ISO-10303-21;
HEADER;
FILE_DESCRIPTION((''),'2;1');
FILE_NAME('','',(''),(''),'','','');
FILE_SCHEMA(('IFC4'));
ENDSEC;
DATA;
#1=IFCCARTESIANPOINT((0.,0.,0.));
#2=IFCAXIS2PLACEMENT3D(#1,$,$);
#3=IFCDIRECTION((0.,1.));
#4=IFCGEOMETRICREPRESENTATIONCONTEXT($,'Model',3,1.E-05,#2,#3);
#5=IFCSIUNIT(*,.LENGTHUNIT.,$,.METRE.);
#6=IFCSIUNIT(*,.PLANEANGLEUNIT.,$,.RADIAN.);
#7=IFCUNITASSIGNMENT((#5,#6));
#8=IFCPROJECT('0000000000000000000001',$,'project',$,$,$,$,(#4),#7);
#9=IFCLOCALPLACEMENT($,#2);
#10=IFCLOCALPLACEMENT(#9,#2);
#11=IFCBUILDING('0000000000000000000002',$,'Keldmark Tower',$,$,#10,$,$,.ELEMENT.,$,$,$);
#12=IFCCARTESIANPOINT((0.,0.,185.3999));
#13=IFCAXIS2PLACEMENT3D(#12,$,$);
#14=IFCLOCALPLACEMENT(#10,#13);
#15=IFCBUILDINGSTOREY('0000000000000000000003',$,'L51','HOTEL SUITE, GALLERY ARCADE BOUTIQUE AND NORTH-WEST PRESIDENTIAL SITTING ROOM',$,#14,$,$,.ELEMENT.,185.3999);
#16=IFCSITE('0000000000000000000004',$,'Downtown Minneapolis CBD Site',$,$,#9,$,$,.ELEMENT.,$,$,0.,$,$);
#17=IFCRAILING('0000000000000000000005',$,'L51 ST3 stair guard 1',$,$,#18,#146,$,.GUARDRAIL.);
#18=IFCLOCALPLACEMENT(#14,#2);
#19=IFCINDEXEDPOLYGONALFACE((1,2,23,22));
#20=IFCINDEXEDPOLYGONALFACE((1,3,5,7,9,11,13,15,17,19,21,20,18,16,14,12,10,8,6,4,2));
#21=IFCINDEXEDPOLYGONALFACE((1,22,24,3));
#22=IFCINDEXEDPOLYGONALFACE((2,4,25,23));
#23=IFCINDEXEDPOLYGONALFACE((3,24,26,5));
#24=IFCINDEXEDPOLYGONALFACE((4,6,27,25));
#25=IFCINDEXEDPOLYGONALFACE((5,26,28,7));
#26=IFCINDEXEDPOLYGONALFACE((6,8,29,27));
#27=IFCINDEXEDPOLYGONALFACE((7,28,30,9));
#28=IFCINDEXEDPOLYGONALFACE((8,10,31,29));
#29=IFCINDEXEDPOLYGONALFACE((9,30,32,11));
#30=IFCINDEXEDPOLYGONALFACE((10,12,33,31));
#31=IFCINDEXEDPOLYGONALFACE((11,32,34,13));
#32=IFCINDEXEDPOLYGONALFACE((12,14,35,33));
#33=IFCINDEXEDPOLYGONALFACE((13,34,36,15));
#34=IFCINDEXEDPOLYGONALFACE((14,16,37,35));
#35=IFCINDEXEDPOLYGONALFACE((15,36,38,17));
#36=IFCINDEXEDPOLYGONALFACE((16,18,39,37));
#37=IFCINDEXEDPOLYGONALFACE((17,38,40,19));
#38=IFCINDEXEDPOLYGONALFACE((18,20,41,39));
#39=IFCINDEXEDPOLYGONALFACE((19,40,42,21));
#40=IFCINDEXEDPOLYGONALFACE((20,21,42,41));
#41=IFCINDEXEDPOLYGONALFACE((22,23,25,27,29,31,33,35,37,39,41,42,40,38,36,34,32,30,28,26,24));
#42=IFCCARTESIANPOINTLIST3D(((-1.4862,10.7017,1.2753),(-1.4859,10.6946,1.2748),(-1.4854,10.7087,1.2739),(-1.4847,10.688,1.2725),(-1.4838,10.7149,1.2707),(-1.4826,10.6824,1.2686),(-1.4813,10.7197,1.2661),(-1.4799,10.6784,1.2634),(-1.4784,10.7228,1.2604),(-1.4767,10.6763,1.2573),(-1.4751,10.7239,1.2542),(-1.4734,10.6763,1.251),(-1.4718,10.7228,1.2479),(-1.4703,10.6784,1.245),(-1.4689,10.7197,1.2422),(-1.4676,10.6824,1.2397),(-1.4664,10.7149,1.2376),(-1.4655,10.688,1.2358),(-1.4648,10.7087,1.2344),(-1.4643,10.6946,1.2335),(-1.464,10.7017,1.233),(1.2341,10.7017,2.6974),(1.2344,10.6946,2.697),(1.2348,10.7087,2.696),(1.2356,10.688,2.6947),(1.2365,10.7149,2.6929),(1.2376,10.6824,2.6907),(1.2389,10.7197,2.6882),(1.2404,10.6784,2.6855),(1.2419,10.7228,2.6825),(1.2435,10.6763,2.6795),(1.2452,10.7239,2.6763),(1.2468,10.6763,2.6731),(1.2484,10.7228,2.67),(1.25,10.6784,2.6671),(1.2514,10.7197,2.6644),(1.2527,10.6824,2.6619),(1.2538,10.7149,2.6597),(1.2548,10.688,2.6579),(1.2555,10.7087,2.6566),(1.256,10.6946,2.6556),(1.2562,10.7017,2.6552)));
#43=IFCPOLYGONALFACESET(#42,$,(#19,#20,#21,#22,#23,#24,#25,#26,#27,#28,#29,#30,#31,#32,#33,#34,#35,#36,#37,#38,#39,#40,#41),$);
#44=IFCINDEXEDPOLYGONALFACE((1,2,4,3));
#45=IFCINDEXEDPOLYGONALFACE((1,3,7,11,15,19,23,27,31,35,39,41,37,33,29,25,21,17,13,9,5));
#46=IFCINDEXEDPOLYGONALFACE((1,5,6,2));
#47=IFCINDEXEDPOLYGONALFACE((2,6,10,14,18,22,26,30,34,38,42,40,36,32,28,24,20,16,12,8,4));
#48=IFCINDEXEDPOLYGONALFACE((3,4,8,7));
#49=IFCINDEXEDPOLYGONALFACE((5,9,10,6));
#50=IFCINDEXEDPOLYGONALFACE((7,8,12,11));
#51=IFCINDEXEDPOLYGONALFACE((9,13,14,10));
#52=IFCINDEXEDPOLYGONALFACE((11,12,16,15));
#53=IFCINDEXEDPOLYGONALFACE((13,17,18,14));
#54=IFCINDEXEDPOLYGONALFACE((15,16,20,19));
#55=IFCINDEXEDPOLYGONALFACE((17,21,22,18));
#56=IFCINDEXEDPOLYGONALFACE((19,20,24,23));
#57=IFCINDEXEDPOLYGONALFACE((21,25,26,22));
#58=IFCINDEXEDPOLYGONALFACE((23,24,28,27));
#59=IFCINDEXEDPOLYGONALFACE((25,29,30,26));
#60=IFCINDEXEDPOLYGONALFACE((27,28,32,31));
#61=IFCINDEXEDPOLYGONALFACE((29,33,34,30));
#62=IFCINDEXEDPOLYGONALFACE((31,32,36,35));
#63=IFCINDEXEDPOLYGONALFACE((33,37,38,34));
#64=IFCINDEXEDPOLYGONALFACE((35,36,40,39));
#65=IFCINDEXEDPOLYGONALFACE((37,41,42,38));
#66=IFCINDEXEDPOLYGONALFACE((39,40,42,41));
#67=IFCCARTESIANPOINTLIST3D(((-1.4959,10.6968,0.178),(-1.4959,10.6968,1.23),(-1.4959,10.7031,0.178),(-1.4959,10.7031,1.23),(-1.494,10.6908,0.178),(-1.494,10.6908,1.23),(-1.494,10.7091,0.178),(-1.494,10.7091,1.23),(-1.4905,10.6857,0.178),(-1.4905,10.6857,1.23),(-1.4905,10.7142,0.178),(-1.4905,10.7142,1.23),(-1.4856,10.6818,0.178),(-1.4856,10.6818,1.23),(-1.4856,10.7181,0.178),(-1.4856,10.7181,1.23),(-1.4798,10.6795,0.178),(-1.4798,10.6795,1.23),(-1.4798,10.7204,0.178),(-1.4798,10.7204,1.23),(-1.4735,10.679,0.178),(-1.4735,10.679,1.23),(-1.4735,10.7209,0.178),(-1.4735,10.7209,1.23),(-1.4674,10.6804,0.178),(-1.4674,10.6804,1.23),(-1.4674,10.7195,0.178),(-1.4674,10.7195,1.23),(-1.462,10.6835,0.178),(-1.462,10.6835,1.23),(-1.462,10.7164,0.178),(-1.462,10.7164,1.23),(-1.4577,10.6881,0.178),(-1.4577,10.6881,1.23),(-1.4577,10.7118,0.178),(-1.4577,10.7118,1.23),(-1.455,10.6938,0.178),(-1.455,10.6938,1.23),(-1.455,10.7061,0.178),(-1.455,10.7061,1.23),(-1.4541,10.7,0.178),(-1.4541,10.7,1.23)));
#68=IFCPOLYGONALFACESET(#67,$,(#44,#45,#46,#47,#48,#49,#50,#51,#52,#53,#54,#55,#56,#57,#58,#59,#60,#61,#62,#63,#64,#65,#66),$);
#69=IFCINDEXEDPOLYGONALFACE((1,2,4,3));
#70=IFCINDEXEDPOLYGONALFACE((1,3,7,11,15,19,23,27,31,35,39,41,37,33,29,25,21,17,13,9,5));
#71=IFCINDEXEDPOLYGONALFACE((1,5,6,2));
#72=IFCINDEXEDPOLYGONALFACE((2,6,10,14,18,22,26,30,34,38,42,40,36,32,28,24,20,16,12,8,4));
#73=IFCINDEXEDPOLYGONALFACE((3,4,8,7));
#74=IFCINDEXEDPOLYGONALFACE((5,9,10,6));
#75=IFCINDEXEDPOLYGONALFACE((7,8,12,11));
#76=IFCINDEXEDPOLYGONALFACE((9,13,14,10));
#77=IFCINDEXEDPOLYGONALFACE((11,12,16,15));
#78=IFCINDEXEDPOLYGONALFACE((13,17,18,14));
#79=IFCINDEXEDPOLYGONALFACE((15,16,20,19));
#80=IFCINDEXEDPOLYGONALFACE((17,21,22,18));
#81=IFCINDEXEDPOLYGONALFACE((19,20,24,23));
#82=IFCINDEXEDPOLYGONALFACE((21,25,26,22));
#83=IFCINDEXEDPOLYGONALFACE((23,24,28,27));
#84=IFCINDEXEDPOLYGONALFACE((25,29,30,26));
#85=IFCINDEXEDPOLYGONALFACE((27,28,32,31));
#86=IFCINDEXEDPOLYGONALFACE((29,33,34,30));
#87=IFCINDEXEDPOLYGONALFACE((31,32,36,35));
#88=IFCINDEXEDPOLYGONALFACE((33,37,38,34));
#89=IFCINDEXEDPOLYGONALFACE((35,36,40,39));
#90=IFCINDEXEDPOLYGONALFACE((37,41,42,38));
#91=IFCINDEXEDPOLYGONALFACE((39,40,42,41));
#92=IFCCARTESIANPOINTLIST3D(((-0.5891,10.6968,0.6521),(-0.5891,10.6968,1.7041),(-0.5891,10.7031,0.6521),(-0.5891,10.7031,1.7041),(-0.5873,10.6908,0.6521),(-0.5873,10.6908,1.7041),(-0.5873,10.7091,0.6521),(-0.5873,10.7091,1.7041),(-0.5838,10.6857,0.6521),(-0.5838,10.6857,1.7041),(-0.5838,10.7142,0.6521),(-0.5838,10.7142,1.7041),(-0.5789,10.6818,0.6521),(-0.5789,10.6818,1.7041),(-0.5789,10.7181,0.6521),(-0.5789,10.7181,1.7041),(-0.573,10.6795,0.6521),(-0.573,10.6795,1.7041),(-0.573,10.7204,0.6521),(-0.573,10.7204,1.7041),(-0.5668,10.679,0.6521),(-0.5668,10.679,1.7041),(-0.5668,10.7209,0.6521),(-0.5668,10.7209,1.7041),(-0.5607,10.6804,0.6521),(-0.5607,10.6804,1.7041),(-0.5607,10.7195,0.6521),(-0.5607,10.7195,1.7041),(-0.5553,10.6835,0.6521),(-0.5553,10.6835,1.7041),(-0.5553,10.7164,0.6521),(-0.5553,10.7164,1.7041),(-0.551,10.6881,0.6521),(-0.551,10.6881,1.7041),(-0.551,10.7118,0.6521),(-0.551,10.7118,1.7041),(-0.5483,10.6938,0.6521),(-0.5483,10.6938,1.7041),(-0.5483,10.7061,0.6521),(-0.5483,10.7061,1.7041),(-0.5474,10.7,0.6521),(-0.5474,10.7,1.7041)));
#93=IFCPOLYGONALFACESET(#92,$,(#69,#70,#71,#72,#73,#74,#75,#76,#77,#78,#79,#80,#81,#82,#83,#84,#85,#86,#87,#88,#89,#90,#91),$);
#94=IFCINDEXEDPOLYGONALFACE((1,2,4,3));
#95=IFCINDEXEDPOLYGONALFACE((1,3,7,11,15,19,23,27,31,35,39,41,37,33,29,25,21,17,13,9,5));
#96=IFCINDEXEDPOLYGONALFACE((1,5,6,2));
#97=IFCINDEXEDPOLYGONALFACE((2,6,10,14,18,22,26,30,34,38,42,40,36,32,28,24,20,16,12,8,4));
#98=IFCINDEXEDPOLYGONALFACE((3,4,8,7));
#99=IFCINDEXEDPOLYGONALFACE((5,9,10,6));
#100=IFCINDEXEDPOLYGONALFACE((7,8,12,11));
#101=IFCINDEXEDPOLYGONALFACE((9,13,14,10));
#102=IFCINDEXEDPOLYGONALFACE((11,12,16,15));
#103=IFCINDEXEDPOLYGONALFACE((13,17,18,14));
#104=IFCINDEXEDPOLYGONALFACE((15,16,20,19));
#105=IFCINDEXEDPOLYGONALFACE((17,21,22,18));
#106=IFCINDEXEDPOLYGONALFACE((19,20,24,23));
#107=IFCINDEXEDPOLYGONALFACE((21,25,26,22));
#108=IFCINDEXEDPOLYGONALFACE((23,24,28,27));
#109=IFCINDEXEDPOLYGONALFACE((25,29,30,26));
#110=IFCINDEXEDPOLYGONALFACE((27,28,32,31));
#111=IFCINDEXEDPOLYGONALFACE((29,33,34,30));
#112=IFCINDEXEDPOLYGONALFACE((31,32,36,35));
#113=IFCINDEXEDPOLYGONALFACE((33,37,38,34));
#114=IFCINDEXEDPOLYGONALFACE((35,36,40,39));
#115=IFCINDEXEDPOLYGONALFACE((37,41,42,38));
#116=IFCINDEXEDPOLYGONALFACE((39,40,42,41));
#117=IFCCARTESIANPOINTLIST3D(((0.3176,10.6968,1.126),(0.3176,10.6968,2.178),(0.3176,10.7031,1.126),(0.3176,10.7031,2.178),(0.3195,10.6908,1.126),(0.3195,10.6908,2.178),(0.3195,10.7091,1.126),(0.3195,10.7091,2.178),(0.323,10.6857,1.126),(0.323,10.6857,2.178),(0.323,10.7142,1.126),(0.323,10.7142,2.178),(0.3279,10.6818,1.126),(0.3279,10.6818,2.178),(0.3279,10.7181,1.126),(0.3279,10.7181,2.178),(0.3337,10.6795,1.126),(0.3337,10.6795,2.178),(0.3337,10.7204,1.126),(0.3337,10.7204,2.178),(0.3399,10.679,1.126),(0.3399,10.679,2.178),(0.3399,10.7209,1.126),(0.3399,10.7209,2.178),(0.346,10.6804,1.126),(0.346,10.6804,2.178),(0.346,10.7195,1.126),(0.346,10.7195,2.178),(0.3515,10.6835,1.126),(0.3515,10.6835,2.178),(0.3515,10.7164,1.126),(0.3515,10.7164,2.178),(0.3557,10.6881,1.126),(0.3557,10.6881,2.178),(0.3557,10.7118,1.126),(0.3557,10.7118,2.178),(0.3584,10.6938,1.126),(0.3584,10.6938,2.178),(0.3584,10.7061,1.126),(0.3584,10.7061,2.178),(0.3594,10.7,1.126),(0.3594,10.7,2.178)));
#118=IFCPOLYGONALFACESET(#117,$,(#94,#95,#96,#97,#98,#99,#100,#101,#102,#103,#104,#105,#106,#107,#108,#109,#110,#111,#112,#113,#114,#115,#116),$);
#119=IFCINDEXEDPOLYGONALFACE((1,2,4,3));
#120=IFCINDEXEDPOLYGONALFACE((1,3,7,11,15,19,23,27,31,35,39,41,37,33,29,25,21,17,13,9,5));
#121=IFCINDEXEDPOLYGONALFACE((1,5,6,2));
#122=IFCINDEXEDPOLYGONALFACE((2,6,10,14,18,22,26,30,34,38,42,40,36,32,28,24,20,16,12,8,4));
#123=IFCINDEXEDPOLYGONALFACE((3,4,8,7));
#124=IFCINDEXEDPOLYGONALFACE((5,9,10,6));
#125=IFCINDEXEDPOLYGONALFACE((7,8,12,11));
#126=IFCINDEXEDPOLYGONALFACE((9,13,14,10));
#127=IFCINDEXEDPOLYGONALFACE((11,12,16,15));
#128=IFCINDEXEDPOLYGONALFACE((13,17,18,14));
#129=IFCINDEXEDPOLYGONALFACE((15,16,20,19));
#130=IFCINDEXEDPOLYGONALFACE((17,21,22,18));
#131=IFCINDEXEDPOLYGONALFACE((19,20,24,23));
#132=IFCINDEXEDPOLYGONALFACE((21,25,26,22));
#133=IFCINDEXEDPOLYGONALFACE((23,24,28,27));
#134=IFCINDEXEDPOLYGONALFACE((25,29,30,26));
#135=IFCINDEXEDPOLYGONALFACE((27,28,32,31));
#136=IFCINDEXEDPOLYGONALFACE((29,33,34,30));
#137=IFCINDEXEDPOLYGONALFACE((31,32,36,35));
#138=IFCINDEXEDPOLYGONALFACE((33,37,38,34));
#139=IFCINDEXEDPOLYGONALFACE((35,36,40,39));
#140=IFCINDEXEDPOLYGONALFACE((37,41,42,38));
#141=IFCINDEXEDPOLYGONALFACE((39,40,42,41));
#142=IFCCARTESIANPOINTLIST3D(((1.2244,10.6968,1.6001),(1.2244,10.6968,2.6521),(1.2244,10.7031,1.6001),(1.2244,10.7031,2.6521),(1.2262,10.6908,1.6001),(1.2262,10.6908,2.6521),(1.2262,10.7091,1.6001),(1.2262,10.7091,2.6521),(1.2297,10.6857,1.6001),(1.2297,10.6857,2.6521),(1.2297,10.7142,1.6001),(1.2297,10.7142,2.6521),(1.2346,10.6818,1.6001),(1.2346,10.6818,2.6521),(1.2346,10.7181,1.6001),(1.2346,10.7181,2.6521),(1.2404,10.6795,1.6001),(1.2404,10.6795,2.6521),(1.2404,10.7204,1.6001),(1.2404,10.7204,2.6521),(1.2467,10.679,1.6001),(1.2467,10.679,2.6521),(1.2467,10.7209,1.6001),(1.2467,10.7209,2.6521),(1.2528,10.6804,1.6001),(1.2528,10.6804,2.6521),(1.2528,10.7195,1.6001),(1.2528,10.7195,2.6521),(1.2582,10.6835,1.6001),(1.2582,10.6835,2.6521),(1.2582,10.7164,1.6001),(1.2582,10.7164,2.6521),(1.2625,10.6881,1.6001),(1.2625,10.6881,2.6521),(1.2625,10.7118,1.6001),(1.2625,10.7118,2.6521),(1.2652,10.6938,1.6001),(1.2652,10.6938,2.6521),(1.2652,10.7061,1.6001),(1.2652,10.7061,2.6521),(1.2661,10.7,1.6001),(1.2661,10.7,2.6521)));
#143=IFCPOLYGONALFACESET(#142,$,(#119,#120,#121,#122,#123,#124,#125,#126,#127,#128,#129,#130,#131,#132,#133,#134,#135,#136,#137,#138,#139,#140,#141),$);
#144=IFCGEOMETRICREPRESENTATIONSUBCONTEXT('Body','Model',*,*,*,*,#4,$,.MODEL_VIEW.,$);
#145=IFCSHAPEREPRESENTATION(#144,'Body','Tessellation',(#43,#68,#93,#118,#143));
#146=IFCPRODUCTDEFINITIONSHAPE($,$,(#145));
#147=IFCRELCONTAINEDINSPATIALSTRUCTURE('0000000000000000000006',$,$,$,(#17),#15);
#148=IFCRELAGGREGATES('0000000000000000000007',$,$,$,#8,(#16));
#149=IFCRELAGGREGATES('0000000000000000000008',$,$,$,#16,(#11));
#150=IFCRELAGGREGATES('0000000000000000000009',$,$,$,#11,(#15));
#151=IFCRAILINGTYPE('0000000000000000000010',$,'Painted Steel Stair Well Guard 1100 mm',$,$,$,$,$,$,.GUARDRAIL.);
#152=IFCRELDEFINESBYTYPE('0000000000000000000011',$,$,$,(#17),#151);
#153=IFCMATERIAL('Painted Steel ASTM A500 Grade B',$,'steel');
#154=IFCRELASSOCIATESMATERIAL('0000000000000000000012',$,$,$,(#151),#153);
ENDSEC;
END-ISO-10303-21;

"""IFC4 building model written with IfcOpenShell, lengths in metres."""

from ifc_helpers import new_model, si_unit, direction, frame, origin, origin_2d, place, context, subcontext, project, spatial, circle, extrude, material, type_object, element, save


model = new_model("IFC4")

# Units and contexts
model_context = context("Model", 3, precision=1e-05, world=origin(), true_north=direction((0.0, 1.0)))
body_context = subcontext(model_context, "Body", "Model", "MODEL_VIEW")
ifc_project = project(units=[si_unit("LENGTHUNIT", "METRE"), si_unit("PLANEANGLEUNIT", "RADIAN")], contexts=[model_context])

# Site, building, storey
site_placement = place(None, origin())
site = spatial("IfcSite", under=ifc_project, at=site_placement, Name="Downtown Minneapolis CBD Site", CompositionType="ELEMENT", RefElevation=0.0)
building_placement = place(site_placement, origin())
building = spatial("IfcBuilding", under=site, at=building_placement, Name="Keldmark Tower", CompositionType="ELEMENT")
storey_placement = place(building_placement, frame((0.0, 0.0, 185.3999)))
storey = spatial("IfcBuildingStorey", under=building, at=storey_placement, Name="L51", Description="HOTEL SUITE, GALLERY ARCADE BOUTIQUE AND NORTH-WEST PRESIDENTIAL SITTING ROOM", CompositionType="ELEMENT", Elevation=185.3999)

# Railing
ifc_material_1 = material(Name="Painted Steel ASTM A500 Grade B", Category="steel")
railing_type = type_object("IfcRailingType", Name="Painted Steel Stair Well Guard 1100 mm", PredefinedType="GUARDRAIL", material=ifc_material_1)
railing_1_placement = place(storey_placement, frame((-1.4751, 10.7, 0.178)))
element("IfcRailing", 1, at=railing_1_placement, inside=storey, type_object=railing_type, Name="L51 ST3 stair guard 1", PredefinedType="GUARDRAIL", context=body_context, shape_type="SweptSolid", body=[
    extrude(circle(Radius=0.0239, at=origin_2d()), frame((0.0, 0.0, 1.0762), z_axis=(0.8862, 0.0, 0.463302), x_axis=(0.0, 1.0, 0.0)), (0.0, 0.0, 1.0), 3.0696),
    extrude(circle(Radius=0.021, at=origin_2d()), origin(), (0.0, 0.0, 1.0), 1.052),
    extrude(circle(Radius=0.021, at=origin_2d()), frame((0.9067, 0.0, 0.4741)), (0.0, 0.0, 1.0), 1.052),
    extrude(circle(Radius=0.021, at=origin_2d()), frame((1.8135, 0.0, 0.948)), (0.0, 0.0, 1.0), 1.052),
    extrude(circle(Radius=0.021, at=origin_2d()), frame((2.7202, 0.0, 1.4221)), (0.0, 0.0, 1.0), 1.052),
])

save(model, "model.ifc")
